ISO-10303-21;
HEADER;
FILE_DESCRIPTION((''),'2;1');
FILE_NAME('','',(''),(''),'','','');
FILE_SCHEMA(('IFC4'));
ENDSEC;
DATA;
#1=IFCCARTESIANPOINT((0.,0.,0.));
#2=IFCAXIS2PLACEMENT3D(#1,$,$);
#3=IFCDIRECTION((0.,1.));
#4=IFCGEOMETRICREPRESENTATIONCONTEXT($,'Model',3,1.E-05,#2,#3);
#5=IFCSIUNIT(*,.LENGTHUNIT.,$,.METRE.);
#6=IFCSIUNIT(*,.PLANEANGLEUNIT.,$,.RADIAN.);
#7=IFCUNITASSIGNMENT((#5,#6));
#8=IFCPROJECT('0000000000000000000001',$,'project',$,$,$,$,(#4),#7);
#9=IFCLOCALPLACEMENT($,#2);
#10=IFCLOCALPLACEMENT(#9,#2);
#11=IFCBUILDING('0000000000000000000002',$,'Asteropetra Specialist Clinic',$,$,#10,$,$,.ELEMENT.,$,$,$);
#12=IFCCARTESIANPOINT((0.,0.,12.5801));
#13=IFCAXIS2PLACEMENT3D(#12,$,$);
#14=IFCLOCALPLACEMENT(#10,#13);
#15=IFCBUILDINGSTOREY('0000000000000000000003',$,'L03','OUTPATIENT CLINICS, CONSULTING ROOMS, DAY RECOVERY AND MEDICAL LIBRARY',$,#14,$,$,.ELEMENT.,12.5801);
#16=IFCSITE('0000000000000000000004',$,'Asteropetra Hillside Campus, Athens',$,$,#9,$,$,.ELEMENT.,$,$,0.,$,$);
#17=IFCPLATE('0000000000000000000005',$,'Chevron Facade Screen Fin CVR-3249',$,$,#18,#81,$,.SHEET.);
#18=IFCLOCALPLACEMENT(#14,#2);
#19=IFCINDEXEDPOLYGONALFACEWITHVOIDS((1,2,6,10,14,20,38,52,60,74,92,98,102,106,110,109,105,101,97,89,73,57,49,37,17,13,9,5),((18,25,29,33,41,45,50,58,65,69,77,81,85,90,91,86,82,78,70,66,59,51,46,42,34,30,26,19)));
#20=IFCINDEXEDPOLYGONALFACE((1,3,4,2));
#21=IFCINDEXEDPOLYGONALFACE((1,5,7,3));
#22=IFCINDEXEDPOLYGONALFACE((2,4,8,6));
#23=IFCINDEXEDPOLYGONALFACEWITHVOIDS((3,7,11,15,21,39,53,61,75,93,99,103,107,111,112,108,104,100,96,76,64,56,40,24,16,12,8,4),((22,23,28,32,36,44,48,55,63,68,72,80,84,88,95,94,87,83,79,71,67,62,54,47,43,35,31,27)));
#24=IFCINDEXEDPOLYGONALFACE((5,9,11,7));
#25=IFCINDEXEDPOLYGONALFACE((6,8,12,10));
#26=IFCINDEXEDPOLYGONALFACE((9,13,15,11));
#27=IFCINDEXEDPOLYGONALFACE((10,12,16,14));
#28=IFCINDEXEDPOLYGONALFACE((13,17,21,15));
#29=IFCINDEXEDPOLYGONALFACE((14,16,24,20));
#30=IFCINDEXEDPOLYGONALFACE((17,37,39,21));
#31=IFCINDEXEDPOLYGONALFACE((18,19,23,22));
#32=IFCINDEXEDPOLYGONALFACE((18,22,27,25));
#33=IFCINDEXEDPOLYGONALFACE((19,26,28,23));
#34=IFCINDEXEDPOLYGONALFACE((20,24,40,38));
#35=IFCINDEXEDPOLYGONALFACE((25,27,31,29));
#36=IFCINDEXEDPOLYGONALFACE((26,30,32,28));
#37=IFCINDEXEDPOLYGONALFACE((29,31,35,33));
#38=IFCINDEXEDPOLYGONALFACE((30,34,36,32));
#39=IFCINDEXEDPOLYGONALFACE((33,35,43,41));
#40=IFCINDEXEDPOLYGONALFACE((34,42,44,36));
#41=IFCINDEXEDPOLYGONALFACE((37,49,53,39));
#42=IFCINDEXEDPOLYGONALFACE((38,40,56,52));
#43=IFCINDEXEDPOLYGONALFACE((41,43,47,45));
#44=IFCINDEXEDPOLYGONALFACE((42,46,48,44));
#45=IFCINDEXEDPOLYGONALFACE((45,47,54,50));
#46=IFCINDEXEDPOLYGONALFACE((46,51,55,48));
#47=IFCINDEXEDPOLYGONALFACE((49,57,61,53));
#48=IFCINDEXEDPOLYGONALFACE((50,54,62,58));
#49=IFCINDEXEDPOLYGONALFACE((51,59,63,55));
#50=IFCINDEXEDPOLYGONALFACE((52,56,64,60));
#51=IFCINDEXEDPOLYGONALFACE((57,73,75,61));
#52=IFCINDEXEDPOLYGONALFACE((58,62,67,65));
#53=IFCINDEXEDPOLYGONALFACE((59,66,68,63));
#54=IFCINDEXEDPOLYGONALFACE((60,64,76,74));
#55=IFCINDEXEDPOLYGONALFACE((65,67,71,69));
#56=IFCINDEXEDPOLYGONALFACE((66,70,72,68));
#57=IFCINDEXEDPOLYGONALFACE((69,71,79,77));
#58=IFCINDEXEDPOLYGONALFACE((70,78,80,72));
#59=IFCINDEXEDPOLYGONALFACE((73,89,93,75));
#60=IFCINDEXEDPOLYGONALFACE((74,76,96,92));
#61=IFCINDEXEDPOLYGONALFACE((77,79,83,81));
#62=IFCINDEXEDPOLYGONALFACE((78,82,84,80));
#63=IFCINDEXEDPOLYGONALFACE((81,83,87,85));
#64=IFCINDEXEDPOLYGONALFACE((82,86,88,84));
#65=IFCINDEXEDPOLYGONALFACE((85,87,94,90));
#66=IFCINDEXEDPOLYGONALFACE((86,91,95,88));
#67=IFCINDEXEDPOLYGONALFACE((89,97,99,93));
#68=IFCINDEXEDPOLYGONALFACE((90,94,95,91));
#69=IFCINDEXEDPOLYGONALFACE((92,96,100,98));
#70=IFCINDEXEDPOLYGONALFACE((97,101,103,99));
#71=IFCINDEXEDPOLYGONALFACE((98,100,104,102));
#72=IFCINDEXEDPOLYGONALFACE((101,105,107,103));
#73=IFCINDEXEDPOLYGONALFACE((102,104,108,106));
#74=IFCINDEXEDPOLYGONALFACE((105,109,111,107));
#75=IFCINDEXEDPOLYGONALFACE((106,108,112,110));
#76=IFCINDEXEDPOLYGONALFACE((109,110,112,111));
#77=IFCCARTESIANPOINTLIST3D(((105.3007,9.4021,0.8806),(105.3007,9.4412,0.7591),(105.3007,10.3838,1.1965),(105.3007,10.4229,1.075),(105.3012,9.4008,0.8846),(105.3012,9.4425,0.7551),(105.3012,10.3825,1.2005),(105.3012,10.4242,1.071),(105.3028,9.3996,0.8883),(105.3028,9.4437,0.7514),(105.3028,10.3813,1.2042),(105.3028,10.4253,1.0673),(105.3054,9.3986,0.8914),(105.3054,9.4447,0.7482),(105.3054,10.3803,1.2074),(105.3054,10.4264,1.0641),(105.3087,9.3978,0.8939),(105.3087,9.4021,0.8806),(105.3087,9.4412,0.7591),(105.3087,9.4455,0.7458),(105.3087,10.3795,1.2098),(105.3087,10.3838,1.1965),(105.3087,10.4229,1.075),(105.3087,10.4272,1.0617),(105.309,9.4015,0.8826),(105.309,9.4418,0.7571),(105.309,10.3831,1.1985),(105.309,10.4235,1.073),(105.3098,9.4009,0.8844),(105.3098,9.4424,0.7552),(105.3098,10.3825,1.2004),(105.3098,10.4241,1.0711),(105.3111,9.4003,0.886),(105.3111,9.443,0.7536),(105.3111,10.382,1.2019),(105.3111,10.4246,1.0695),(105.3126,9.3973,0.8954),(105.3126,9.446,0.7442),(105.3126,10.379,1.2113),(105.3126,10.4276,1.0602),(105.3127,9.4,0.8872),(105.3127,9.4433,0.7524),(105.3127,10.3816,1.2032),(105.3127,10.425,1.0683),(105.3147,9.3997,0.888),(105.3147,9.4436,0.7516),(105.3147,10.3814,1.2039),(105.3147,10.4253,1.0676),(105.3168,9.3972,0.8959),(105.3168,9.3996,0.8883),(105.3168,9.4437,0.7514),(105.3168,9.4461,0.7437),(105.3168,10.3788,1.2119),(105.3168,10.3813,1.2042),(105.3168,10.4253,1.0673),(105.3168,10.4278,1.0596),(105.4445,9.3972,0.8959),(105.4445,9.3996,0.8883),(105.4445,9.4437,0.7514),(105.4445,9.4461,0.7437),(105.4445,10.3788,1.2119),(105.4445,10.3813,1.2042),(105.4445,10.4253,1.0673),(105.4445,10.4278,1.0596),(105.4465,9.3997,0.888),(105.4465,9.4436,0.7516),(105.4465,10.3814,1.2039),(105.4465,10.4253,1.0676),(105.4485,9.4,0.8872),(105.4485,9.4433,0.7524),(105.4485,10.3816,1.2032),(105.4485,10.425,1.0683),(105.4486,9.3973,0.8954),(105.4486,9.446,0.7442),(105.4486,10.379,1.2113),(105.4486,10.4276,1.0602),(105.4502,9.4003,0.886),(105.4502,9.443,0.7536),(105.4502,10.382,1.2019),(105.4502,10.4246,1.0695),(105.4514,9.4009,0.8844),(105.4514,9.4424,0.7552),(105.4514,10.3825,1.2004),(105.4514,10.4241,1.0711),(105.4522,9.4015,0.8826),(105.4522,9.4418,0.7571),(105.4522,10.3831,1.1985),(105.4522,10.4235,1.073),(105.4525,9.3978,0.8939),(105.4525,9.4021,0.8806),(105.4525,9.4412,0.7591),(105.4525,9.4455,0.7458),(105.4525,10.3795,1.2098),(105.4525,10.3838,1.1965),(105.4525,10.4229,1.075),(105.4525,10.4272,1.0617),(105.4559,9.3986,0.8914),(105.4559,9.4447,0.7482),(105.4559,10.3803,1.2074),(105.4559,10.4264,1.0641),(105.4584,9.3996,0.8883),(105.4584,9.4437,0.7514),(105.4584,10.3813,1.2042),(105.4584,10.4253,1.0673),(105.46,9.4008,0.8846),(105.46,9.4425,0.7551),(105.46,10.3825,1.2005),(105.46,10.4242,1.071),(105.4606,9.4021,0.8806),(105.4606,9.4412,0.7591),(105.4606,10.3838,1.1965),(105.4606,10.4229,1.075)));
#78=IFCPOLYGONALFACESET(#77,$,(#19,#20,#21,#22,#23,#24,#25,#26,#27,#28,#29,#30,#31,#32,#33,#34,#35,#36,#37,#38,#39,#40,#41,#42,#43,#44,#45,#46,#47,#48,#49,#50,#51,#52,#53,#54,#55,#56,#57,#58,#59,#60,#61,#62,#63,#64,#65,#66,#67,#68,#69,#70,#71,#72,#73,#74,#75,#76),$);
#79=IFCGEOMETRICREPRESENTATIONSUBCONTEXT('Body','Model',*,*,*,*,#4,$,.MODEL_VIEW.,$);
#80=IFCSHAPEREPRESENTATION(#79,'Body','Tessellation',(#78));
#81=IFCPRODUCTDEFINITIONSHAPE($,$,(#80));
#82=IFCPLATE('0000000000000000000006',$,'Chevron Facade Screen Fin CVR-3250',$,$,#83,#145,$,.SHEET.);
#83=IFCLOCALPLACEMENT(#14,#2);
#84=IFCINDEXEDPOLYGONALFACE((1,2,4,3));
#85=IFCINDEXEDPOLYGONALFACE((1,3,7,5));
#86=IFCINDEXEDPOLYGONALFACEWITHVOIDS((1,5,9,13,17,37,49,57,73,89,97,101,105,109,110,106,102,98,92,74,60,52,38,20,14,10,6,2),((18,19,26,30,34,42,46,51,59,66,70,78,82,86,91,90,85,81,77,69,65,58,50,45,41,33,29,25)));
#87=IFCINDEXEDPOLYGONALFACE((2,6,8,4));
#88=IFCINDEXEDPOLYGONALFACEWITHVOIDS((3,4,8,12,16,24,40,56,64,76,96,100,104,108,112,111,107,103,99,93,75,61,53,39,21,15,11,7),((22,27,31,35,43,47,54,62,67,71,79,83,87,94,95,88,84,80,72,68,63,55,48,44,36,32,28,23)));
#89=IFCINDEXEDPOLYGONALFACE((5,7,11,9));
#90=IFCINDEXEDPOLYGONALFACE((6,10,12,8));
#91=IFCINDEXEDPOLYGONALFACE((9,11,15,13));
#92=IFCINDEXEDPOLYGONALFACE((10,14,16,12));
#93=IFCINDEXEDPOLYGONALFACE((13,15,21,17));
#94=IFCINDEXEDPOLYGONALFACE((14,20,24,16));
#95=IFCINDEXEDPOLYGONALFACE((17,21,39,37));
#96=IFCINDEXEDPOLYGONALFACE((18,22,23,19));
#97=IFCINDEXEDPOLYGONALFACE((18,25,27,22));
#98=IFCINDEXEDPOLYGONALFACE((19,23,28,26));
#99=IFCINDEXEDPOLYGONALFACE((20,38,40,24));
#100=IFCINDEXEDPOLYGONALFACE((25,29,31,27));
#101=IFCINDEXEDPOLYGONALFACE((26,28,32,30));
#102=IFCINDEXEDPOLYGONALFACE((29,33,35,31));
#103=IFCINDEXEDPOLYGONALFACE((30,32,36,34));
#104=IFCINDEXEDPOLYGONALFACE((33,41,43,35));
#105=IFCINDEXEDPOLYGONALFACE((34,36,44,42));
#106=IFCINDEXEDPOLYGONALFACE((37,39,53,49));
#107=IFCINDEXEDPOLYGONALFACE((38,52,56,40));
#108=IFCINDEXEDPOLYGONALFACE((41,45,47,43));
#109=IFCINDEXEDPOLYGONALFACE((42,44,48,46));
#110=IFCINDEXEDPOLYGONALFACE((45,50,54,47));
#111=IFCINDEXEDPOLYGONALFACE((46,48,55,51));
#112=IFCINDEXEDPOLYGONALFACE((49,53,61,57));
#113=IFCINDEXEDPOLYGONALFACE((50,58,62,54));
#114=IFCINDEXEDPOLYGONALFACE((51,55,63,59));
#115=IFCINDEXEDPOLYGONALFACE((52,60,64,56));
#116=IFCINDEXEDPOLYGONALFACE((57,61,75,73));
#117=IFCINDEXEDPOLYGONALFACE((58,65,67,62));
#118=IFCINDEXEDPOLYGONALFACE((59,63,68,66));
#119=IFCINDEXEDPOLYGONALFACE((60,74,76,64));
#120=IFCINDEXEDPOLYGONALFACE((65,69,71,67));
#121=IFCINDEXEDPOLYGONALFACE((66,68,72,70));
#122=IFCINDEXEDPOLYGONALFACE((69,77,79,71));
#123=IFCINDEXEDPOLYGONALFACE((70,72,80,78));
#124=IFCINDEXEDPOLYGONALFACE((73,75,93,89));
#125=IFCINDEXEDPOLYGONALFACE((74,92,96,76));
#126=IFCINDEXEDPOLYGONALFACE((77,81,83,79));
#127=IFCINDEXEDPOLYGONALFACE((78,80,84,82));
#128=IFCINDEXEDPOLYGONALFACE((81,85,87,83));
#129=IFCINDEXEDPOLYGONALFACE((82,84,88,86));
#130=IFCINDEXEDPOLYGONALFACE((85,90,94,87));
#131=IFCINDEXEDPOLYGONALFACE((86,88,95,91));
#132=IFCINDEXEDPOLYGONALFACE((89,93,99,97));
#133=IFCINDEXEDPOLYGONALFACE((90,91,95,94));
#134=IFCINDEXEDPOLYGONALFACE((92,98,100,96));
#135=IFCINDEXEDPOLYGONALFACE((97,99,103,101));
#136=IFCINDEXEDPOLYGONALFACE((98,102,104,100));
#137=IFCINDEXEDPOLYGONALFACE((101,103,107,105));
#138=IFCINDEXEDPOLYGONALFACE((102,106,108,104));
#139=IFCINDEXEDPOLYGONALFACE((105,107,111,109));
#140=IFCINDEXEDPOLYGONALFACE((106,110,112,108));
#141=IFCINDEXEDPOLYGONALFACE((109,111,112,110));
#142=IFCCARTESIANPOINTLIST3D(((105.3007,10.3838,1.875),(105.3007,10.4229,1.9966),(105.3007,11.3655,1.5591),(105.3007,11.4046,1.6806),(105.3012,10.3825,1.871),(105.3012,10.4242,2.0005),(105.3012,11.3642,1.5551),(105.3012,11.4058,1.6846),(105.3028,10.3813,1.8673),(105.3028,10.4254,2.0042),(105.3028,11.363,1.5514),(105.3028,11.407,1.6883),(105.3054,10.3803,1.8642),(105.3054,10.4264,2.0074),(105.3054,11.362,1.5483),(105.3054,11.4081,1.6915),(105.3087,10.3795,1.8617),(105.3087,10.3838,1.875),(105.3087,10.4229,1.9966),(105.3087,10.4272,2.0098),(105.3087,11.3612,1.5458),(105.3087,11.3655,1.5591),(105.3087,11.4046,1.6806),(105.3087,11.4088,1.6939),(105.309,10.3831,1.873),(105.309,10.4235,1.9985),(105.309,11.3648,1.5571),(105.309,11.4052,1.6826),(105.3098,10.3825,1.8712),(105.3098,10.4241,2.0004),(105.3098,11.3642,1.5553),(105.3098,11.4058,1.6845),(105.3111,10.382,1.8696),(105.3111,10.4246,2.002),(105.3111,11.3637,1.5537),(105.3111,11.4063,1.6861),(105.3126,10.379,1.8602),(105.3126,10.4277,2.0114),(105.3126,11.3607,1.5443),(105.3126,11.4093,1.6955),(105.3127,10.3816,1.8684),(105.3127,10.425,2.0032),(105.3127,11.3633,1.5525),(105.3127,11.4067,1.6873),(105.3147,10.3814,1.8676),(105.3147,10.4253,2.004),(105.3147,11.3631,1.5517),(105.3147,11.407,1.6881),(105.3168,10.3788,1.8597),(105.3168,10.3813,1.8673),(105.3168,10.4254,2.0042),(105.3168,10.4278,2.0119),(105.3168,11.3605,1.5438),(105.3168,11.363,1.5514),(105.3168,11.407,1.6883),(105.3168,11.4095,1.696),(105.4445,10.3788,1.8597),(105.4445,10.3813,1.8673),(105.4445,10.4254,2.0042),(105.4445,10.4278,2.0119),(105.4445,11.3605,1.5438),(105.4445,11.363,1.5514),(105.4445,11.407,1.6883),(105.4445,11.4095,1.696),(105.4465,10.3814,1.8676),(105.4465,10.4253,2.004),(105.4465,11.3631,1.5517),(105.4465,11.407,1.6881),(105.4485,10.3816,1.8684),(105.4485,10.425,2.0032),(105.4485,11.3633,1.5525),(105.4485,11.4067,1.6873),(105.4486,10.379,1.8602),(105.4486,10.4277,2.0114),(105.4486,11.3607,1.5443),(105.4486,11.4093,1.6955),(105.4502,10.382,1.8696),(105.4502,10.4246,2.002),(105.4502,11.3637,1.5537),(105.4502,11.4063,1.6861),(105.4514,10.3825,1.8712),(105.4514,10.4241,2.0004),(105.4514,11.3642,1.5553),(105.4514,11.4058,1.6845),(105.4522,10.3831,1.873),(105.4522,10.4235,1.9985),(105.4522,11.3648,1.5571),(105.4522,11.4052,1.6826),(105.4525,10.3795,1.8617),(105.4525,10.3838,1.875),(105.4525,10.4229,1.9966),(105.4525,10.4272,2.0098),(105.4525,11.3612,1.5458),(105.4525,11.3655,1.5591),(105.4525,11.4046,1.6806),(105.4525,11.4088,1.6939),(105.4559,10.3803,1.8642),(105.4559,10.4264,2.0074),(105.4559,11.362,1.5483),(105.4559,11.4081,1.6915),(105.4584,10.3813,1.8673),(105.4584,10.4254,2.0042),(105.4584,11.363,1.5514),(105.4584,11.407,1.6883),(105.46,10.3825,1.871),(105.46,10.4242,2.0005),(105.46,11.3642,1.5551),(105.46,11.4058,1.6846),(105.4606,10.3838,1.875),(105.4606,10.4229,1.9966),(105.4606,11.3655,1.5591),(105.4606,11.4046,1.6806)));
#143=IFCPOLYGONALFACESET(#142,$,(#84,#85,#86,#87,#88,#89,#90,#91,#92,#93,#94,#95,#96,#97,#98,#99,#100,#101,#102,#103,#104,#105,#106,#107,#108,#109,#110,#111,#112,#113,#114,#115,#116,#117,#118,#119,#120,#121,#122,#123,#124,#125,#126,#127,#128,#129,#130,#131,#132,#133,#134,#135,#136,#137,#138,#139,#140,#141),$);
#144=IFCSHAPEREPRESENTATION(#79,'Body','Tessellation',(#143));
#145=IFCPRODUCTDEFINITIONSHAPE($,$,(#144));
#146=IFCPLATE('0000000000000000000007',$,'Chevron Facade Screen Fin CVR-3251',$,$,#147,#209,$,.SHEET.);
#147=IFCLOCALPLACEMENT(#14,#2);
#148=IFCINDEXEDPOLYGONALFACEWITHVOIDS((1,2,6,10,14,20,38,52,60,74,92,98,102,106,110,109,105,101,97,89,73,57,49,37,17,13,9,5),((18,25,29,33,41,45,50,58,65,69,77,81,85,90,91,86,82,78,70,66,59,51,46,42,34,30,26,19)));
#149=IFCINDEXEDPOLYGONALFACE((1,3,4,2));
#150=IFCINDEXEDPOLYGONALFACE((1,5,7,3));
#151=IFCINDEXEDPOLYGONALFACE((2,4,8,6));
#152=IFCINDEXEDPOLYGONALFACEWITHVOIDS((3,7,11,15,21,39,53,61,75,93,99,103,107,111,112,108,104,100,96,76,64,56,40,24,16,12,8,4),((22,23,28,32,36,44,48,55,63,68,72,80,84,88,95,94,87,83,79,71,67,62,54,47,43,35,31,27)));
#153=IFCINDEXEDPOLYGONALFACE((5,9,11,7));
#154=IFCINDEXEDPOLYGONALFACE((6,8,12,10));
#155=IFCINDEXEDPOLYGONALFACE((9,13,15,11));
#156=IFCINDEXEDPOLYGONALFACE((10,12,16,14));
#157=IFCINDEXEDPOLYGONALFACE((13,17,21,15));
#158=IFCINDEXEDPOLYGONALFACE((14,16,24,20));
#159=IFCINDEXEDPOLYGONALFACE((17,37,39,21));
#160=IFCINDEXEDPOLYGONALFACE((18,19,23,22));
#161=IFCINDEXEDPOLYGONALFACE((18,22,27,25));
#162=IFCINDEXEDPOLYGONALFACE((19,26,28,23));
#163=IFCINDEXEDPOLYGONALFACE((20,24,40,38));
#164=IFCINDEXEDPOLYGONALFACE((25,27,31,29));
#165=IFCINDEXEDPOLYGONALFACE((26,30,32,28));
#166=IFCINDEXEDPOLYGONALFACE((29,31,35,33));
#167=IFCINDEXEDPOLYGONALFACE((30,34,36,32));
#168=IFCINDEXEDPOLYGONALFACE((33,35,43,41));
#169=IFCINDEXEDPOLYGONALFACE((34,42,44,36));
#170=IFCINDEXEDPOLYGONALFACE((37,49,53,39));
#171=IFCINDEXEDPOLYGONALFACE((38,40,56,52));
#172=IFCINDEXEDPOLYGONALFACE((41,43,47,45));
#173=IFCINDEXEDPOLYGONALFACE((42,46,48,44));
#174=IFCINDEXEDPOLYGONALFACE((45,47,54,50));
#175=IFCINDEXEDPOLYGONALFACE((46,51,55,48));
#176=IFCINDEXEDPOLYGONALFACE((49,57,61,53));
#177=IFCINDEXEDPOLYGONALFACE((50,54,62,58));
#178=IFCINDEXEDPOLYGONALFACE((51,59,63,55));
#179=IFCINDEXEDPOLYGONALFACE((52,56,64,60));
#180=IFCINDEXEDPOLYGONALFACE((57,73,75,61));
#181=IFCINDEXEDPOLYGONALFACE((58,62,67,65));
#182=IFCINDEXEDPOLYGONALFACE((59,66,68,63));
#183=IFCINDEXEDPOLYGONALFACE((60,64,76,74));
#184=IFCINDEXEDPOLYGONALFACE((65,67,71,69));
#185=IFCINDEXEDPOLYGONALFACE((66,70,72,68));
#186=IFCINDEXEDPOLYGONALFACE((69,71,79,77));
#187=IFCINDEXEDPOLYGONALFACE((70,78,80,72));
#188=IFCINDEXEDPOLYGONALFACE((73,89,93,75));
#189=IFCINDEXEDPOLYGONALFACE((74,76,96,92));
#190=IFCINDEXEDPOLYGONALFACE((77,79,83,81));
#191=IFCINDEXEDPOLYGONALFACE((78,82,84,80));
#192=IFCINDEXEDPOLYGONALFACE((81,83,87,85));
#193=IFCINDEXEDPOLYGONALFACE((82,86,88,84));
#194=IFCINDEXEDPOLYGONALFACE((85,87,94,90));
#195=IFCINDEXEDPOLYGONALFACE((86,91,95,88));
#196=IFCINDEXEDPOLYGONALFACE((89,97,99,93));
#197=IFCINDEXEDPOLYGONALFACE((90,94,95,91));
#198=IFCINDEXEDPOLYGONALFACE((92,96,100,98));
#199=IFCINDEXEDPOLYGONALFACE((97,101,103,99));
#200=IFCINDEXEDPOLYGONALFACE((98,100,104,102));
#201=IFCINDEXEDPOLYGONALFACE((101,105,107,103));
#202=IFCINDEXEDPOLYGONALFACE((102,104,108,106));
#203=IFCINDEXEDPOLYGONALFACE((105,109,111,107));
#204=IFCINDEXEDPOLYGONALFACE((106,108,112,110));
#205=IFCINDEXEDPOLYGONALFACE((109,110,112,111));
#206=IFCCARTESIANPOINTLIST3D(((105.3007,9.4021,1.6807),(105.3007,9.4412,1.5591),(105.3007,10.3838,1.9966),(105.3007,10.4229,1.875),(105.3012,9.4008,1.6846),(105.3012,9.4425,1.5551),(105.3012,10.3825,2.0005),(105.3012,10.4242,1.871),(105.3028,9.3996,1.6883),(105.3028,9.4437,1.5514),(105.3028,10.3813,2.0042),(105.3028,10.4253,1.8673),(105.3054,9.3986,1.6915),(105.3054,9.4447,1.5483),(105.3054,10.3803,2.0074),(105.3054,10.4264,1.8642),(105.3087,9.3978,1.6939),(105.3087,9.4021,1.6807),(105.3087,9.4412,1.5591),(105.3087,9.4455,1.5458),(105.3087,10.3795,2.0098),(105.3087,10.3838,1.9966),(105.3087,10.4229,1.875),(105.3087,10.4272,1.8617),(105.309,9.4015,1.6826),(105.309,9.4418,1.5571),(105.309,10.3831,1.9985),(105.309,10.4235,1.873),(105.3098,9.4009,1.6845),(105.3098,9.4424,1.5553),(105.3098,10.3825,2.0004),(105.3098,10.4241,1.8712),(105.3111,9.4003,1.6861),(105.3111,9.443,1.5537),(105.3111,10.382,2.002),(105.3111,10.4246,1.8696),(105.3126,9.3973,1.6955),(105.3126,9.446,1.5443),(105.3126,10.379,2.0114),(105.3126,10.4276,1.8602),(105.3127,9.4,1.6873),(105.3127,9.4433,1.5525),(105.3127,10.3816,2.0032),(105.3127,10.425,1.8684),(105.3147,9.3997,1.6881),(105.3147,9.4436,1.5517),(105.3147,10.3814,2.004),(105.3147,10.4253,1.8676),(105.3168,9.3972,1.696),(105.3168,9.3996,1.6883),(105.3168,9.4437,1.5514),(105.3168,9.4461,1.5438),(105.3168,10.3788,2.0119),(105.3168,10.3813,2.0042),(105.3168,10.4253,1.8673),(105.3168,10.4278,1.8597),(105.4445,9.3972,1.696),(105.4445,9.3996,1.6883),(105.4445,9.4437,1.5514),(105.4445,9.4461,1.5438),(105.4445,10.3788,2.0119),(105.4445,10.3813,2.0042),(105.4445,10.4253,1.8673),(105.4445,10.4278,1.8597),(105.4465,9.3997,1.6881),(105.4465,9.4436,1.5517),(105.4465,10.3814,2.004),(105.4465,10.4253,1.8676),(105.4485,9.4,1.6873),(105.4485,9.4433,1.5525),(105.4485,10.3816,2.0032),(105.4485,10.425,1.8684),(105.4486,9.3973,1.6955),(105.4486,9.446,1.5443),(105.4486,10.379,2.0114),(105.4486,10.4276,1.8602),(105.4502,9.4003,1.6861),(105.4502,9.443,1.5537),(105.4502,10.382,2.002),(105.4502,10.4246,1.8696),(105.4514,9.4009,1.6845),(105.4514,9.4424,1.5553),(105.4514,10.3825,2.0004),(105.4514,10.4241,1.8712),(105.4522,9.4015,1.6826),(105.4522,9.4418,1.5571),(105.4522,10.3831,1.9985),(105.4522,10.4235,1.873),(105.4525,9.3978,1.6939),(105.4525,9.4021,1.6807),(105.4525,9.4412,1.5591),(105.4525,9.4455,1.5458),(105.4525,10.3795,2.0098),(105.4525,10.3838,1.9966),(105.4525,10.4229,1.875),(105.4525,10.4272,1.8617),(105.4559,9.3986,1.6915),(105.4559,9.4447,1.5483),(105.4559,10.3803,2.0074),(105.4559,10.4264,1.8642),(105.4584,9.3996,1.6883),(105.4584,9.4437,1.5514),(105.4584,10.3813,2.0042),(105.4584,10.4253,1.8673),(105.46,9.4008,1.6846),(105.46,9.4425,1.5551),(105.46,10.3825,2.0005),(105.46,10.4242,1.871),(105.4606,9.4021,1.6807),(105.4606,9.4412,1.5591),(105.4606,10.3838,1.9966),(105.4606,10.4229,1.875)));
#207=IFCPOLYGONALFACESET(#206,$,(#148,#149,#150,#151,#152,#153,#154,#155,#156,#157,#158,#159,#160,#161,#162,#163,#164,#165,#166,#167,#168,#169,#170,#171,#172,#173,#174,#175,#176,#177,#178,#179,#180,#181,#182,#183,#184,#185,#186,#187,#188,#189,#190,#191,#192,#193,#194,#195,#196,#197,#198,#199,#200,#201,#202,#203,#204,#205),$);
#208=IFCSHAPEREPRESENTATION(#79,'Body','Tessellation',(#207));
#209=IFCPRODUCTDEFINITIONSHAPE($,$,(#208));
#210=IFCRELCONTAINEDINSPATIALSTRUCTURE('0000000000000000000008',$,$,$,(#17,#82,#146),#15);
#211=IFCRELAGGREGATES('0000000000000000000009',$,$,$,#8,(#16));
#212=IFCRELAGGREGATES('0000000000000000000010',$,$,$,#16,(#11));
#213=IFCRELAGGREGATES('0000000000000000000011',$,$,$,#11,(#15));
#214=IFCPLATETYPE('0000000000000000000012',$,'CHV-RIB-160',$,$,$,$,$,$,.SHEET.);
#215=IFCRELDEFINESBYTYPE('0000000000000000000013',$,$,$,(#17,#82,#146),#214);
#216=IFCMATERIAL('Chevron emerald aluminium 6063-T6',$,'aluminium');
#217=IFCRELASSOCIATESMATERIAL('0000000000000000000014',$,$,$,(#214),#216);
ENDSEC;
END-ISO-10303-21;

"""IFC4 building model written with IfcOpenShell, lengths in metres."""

from ifc_helpers import new_model, si_unit, direction, frame, origin, origin_2d, place, context, subcontext, project, spatial, hollow_rectangle, extrude, material, material_profile, profile_set, type_object, element, save


model = new_model("IFC4")

# Units and contexts
model_context = context("Model", 3, precision=1e-05, world=origin(), true_north=direction((0.0, 1.0)))
body_context = subcontext(model_context, "Body", "Model", "MODEL_VIEW")
ifc_project = project(units=[si_unit("LENGTHUNIT", "METRE"), si_unit("PLANEANGLEUNIT", "RADIAN")], contexts=[model_context])

# Site, building, storey
site_placement = place(None, origin())
site = spatial("IfcSite", under=ifc_project, at=site_placement, Name="Asteropetra Hillside Campus, Athens", CompositionType="ELEMENT", RefElevation=0.0)
building_placement = place(site_placement, origin())
building = spatial("IfcBuilding", under=site, at=building_placement, Name="Asteropetra Specialist Clinic", CompositionType="ELEMENT")
storey_placement = place(building_placement, frame((0.0, 0.0, 12.5801)))
storey = spatial("IfcBuildingStorey", under=building, at=storey_placement, Name="L03", Description="OUTPATIENT CLINICS, CONSULTING ROOMS, DAY RECOVERY AND MEDICAL LIBRARY", CompositionType="ELEMENT", Elevation=12.5801)

# Plates
ifc_material_1 = material(Name="Chevron emerald aluminium 6063-T6", Category="aluminium")
ifc_material_profile = material_profile(ifc_material_1, hollow_rectangle(XDim=0.1599, YDim=0.1599, WallThickness=0.0081, InnerFilletRadius=0.0081, OuterFilletRadius=0.0161, at=origin_2d()), Name="SHS 160x160x8.0")
ifc_profile_set = profile_set([ifc_material_profile], Name="Chevron emerald aluminium 6063-T6")
plate_type_1 = type_object("IfcPlateType", Name="CHV-RIB-160", PredefinedType="SHEET", material=ifc_profile_set)
for number, where, z_axis, x_axis, name in (
    (1, (105.3806, 10.4033, 1.1357), (0.0, -0.951923, -0.306339), (1.0, 0.0, 0.0), "Chevron Facade Screen Fin CVR-3249"),
    (2, (105.3806, 11.385, 1.6199), (0.0, -0.951923, 0.306339), (1.0, 0.0, 0.0), "Chevron Facade Screen Fin CVR-3250"),
    (3, (105.3806, 10.4033, 1.9358), (0.0, -0.951923, -0.306339), (1.0, 0.0, 0.0), "Chevron Facade Screen Fin CVR-3251"),
):
    element("IfcPlate", number, at=place(storey_placement, frame(where, z_axis=z_axis, x_axis=x_axis)), inside=storey, type_object=plate_type_1, Name=name, PredefinedType="SHEET", context=body_context, shape_type="SweptSolid", body=[
        extrude(hollow_rectangle(XDim=0.1599, YDim=0.1599, WallThickness=0.0081, InnerFilletRadius=0.0081, OuterFilletRadius=0.0161, at=origin_2d()), origin(), (0.0, 0.0, 1.0), 1.0312),
    ])

save(model, "model.ifc")
